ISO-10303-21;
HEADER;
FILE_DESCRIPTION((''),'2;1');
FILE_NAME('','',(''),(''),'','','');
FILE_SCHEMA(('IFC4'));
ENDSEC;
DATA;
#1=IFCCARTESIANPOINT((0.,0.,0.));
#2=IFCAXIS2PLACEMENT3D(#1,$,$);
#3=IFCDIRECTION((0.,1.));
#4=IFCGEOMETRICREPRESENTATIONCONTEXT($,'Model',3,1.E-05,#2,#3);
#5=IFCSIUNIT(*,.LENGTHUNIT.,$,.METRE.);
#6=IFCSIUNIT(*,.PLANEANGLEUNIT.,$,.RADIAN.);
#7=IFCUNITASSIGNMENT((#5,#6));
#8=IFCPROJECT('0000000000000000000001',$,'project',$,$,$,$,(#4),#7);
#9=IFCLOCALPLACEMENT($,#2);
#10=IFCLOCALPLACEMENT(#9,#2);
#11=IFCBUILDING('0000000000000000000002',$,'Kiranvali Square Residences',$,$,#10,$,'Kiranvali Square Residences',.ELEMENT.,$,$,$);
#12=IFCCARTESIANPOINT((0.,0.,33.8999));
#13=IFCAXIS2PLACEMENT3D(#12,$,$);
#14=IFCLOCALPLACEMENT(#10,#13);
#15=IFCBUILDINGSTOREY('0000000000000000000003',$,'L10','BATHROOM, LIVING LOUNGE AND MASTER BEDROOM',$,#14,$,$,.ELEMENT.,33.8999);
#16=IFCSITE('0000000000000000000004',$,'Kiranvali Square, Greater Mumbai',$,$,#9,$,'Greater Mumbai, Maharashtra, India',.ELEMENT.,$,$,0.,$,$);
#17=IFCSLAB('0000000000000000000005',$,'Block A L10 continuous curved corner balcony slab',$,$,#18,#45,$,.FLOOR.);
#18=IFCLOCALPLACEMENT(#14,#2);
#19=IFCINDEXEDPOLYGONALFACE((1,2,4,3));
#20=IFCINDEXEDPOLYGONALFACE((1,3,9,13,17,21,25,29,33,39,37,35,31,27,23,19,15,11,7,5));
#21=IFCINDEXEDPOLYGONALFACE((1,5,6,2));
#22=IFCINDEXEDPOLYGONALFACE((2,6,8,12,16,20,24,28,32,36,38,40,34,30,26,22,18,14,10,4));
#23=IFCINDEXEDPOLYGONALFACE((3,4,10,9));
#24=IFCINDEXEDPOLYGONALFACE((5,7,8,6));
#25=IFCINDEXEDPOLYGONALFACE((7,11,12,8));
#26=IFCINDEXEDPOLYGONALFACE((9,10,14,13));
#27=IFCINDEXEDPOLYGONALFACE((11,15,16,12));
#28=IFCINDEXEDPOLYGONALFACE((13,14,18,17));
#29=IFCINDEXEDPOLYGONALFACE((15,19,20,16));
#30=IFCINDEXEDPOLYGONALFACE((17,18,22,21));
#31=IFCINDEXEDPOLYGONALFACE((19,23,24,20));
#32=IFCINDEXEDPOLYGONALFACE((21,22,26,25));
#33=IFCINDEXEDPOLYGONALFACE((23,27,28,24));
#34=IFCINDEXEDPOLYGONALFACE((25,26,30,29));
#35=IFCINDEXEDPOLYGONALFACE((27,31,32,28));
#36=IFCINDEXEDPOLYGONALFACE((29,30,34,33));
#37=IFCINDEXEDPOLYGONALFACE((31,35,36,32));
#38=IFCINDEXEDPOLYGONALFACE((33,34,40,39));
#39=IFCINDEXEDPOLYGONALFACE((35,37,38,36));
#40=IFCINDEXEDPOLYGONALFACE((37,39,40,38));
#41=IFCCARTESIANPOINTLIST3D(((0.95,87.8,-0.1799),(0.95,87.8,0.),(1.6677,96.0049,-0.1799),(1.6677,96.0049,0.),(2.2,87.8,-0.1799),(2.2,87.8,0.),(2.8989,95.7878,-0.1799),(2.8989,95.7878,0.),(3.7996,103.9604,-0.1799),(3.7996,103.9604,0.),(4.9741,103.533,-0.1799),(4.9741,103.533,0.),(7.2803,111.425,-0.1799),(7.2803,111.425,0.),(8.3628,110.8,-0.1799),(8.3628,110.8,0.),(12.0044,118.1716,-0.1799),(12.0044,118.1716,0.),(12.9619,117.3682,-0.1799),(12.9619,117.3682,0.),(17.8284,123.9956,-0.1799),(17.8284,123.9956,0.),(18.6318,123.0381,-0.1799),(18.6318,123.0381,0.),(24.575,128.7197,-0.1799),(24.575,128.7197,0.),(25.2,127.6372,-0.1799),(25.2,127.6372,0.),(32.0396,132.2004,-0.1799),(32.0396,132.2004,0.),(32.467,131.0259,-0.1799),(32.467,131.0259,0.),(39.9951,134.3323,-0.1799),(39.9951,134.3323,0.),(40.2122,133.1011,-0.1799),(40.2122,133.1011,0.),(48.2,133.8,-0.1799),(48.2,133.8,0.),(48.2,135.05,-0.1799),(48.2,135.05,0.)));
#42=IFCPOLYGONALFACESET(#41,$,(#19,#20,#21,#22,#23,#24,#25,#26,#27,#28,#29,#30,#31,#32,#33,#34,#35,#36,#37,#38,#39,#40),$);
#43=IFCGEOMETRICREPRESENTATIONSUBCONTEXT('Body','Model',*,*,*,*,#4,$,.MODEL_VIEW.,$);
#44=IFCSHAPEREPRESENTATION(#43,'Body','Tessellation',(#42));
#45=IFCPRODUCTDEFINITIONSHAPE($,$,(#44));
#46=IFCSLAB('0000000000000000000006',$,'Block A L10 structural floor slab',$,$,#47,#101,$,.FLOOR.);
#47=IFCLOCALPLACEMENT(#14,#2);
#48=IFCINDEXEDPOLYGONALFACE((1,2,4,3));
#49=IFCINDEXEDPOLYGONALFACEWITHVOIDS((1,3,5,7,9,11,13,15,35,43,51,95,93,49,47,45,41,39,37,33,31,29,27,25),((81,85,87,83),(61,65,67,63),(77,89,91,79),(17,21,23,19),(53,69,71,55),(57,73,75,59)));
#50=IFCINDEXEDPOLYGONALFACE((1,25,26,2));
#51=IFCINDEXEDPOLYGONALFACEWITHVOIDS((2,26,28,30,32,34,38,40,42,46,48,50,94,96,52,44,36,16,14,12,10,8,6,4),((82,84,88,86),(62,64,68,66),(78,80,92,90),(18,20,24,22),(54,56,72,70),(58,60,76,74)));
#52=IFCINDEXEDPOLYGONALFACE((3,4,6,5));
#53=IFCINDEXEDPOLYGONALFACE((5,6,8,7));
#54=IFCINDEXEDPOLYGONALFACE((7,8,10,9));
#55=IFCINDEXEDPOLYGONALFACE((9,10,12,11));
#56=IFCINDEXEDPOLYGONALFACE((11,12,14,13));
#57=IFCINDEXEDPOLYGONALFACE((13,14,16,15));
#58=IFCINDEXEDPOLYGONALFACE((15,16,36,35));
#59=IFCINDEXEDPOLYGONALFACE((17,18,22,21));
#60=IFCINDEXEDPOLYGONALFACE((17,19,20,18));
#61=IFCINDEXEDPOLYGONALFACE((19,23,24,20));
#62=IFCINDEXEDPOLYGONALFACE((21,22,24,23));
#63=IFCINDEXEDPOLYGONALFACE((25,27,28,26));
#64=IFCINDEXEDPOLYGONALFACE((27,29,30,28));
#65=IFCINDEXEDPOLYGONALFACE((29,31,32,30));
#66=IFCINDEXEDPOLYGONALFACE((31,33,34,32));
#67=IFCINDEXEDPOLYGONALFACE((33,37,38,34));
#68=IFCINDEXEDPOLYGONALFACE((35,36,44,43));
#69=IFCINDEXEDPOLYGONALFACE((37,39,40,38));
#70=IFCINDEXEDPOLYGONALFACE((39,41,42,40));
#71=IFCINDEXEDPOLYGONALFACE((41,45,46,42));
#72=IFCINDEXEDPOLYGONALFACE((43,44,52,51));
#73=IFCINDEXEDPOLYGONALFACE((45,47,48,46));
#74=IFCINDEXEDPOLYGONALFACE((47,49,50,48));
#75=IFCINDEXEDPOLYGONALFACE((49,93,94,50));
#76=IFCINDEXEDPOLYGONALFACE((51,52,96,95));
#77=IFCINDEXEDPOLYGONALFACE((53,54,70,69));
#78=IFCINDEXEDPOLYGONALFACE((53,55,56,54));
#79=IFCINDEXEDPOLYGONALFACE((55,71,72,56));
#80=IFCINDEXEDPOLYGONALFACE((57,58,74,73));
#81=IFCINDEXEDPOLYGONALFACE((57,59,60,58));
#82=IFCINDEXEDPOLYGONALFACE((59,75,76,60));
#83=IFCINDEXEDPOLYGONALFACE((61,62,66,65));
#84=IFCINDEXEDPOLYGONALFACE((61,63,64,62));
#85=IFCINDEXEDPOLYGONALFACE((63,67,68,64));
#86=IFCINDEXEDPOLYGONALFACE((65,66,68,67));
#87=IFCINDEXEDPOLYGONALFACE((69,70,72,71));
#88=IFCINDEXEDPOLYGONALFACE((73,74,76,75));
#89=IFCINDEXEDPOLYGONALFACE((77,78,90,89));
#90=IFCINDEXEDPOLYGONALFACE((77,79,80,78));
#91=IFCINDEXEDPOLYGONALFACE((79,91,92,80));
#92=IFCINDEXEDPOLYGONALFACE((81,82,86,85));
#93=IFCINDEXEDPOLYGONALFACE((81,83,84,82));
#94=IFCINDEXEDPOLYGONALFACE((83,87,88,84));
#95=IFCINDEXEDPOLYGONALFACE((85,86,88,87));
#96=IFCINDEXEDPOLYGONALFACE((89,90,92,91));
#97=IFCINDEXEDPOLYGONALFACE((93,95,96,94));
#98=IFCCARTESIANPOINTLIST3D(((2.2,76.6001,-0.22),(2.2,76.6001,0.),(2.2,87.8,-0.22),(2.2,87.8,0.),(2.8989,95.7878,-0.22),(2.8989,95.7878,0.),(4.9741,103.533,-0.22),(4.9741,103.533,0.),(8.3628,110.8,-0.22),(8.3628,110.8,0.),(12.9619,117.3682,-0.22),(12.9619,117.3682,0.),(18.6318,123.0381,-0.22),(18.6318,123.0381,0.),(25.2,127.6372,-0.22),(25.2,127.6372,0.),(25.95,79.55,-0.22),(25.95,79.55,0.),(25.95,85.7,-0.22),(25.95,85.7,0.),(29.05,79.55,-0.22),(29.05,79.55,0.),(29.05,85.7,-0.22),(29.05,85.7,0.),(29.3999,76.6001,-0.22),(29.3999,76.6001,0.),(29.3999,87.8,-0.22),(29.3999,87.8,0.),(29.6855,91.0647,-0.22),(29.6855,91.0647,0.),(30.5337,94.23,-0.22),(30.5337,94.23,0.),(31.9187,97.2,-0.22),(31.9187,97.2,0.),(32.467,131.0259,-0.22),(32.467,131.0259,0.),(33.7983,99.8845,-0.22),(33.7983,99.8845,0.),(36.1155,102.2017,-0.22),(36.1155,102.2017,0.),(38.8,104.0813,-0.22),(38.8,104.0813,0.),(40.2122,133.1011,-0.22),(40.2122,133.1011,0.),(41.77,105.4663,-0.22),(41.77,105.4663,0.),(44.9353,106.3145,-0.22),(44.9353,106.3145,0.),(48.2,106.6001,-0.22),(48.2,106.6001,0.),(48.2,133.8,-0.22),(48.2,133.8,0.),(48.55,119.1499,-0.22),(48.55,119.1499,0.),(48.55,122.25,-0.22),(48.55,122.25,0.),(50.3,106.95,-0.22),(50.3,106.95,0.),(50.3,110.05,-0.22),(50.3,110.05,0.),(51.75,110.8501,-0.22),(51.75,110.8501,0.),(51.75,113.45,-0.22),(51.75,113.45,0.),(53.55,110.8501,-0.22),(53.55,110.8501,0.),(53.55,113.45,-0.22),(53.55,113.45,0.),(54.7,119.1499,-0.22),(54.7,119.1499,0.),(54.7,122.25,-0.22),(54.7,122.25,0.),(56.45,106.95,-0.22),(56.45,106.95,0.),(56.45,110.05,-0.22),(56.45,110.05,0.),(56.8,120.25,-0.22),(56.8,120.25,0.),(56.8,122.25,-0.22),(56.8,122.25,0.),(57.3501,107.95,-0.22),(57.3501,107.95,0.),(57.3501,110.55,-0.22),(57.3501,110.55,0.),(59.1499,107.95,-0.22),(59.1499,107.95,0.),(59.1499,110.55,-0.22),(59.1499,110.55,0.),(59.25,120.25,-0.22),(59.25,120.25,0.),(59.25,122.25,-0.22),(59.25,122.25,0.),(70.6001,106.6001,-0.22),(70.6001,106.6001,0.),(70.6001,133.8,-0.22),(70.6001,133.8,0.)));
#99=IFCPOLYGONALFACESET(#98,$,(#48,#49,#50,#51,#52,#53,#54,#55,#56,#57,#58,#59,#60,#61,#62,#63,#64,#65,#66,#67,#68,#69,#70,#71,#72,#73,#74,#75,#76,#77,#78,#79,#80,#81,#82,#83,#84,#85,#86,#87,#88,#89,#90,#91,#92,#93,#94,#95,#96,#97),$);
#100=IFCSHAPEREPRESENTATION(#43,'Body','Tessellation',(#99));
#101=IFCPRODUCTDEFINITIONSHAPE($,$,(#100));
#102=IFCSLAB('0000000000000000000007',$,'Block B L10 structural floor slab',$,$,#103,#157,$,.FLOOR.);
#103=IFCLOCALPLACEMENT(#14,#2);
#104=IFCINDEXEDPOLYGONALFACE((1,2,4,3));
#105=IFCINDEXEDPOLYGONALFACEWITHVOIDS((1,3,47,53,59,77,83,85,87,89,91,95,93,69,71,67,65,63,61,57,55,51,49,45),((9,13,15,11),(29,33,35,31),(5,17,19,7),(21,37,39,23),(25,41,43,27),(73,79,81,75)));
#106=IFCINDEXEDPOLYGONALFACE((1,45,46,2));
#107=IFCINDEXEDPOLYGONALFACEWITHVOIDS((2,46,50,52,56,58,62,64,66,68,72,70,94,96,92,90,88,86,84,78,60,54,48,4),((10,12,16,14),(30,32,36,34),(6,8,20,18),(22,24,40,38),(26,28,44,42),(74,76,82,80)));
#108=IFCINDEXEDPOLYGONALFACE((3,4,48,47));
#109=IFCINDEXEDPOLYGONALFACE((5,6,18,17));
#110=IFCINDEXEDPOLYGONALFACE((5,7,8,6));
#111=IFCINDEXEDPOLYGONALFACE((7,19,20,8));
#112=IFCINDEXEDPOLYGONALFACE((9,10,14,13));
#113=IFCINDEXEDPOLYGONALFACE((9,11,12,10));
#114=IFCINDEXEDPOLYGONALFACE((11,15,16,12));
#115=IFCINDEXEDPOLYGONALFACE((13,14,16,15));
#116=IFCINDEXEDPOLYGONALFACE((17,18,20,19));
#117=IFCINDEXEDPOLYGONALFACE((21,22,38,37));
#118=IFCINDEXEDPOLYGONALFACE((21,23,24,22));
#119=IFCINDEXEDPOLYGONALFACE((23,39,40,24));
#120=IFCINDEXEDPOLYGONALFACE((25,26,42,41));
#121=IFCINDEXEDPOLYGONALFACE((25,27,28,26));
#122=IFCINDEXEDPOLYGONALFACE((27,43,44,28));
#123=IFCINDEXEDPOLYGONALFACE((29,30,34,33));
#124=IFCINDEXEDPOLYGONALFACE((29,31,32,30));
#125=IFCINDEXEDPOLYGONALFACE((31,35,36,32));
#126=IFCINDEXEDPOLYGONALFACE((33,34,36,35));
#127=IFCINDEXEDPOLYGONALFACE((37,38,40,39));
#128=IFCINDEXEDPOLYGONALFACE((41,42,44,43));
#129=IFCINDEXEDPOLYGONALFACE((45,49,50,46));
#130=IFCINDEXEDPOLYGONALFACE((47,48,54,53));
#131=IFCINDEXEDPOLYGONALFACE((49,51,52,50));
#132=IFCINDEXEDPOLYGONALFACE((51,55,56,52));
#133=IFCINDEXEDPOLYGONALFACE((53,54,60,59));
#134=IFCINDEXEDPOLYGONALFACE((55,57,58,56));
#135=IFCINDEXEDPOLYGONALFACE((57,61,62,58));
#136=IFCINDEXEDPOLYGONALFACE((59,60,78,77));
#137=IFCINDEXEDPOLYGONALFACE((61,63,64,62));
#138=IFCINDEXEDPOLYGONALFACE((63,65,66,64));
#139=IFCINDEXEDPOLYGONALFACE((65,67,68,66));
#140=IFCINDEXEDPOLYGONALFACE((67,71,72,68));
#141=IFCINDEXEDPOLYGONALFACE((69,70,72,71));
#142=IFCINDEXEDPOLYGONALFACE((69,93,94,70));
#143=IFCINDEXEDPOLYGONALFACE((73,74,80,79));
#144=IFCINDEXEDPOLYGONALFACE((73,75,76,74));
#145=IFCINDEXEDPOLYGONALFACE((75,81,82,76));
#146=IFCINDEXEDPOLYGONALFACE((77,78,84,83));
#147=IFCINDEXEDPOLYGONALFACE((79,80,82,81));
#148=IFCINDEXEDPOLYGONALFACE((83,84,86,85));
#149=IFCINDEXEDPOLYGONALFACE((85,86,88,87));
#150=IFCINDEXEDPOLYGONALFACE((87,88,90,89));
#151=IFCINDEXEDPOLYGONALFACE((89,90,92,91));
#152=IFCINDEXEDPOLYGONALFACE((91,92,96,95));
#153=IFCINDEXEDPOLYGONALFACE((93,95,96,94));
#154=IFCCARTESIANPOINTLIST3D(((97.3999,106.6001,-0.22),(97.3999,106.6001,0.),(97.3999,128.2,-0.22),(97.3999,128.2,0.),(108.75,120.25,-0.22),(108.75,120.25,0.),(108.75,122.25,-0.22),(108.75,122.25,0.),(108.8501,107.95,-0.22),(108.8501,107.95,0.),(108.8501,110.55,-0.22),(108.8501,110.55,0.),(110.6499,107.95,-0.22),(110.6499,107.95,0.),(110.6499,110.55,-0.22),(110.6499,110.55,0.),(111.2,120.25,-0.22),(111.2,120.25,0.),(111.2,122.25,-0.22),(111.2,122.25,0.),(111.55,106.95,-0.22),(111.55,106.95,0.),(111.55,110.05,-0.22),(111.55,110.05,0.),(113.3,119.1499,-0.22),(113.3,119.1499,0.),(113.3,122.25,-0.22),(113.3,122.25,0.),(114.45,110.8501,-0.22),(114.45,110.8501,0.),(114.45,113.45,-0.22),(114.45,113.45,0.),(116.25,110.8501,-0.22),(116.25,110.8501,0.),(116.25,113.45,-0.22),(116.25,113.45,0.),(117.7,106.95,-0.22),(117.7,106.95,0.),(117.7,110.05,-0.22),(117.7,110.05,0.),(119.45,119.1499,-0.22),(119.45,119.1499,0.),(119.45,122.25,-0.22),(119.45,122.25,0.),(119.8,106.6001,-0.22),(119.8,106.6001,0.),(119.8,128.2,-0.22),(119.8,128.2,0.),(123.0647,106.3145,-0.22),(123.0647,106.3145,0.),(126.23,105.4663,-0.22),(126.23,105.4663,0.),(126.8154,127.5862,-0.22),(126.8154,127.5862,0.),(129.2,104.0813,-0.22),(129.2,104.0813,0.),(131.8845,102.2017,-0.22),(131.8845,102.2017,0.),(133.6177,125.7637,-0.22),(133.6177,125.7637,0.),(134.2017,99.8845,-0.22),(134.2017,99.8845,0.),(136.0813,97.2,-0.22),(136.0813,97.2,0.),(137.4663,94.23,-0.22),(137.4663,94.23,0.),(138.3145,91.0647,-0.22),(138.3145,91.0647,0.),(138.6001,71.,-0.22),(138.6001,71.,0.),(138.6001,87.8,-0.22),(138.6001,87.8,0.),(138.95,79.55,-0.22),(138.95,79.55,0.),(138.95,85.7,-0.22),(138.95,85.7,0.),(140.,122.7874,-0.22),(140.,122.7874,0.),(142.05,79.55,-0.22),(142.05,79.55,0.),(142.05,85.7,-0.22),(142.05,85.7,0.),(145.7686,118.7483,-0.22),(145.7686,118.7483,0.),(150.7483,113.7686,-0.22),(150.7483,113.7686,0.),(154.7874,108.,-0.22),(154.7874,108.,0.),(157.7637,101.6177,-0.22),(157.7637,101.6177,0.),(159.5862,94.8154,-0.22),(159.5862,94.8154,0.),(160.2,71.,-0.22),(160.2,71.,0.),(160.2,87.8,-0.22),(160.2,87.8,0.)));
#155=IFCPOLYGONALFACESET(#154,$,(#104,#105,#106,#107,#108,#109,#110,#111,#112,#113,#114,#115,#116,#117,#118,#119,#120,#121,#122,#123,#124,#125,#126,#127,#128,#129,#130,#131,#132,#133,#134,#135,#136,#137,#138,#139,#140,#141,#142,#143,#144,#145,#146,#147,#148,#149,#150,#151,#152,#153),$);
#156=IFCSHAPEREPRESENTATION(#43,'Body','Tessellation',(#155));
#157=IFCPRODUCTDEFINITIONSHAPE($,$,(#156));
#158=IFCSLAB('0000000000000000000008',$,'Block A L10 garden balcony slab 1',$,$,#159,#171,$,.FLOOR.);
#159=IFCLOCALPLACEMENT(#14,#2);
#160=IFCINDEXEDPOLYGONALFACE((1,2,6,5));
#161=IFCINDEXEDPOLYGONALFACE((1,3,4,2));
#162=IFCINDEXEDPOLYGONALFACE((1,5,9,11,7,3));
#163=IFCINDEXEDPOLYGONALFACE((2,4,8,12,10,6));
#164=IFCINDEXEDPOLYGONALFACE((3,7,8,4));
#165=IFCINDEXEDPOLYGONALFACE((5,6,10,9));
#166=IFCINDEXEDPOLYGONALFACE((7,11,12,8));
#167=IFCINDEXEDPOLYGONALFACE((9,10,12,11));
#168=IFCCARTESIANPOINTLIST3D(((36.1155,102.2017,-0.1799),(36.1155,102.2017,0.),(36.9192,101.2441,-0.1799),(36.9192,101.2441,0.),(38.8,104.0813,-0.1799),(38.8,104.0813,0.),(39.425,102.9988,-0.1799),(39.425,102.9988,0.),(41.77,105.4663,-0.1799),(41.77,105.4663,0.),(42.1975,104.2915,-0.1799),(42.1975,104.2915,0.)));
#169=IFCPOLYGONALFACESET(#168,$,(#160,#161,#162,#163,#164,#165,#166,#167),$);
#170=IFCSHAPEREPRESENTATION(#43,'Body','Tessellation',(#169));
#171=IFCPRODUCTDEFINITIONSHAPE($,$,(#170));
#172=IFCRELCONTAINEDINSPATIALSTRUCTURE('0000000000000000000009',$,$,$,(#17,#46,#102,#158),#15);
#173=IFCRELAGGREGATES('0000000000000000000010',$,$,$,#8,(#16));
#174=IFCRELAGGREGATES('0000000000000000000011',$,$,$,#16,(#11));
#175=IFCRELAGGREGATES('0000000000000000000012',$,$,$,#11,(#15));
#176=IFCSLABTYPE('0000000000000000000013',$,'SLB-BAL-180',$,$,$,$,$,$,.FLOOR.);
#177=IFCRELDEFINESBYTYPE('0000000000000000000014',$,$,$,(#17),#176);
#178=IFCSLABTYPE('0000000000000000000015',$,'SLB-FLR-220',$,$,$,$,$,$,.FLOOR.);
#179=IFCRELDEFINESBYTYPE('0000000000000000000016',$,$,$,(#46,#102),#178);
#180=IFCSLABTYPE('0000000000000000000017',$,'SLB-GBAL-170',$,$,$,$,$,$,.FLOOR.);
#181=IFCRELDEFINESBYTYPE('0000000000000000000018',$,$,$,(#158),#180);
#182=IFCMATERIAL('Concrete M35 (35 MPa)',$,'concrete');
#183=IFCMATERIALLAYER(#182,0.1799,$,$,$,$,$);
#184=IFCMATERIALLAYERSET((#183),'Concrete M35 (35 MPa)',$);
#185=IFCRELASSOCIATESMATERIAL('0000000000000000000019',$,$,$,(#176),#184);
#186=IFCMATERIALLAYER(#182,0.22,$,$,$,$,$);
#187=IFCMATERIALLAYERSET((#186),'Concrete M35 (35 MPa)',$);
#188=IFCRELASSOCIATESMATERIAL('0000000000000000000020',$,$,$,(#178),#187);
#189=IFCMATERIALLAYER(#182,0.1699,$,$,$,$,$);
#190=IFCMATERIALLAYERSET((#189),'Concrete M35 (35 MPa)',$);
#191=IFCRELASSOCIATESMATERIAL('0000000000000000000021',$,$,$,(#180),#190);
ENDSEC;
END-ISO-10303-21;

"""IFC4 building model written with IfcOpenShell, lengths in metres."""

from ifc_helpers import new_model, si_unit, direction, frame, origin, place, context, subcontext, project, spatial, polyline, outline, extrude, material, layer, layer_set, type_object, element, save


model = new_model("IFC4")

# Units and contexts
model_context = context("Model", 3, precision=1e-05, world=origin(), true_north=direction((0.0, 1.0)))
body_context = subcontext(model_context, "Body", "Model", "MODEL_VIEW")
ifc_project = project(units=[si_unit("LENGTHUNIT", "METRE"), si_unit("PLANEANGLEUNIT", "RADIAN")], contexts=[model_context])

# Site, building, storey
site_placement = place(None, origin())
site = spatial("IfcSite", under=ifc_project, at=site_placement, Name="Kiranvali Square, Greater Mumbai", LongName="Greater Mumbai, Maharashtra, India", CompositionType="ELEMENT", RefElevation=0.0)
building_placement = place(site_placement, origin())
building = spatial("IfcBuilding", under=site, at=building_placement, Name="Kiranvali Square Residences", LongName="Kiranvali Square Residences", CompositionType="ELEMENT")
storey_placement = place(building_placement, frame((0.0, 0.0, 33.8999)))
storey = spatial("IfcBuildingStorey", under=building, at=storey_placement, Name="L10", Description="BATHROOM, LIVING LOUNGE AND MASTER BEDROOM", CompositionType="ELEMENT", Elevation=33.8999)

# Slabs
ifc_material_1 = material(Name="Concrete M35 (35 MPa)", Category="concrete")
ifc_layer_1 = layer(ifc_material_1, 0.1799)
ifc_layer_set_1 = layer_set([ifc_layer_1], Name="Concrete M35 (35 MPa)")
slab_type_1 = type_object("IfcSlabType", Name="SLB-BAL-180", PredefinedType="FLOOR", material=ifc_layer_set_1)
slab_1_placement = place(storey_placement, frame((0.0, 0.0, -0.1799)))
element("IfcSlab", 1, at=slab_1_placement, inside=storey, type_object=slab_type_1, Name="Block A L10 continuous curved corner balcony slab", PredefinedType="FLOOR", context=body_context, shape_type="SweptSolid", body=[
    extrude(outline(polyline([(48.2, 135.05), (39.9951, 134.3323), (32.0396, 132.2004), (24.575, 128.7197), (17.8284, 123.9956), (12.0044, 118.1716), (7.2803, 111.425), (3.7996, 103.9604), (1.6677, 96.0049), (0.95, 87.8), (2.2, 87.8), (2.8989, 95.7878), (4.9741, 103.533), (8.3628, 110.8), (12.9619, 117.3682), (18.6318, 123.0381), (25.2, 127.6372), (32.467, 131.0259), (40.2122, 133.1011), (48.2, 133.8), (48.2, 135.05)])), origin(), (0.0, 0.0, 1.0), 0.1799),
])
ifc_layer_2 = layer(ifc_material_1, 0.22)
ifc_layer_set_2 = layer_set([ifc_layer_2], Name="Concrete M35 (35 MPa)")
slab_type_2 = type_object("IfcSlabType", Name="SLB-FLR-220", PredefinedType="FLOOR", material=ifc_layer_set_2)
slab_2_placement = place(storey_placement, frame((0.0, 0.0, -0.22)))
element("IfcSlab", 2, at=slab_2_placement, inside=storey, type_object=slab_type_2, Name="Block A L10 structural floor slab", PredefinedType="FLOOR", context=body_context, shape_type="SweptSolid", body=[
    extrude(outline(polyline([(70.6001, 106.6001), (70.6001, 133.8), (48.2, 133.8), (40.2122, 133.1011), (32.467, 131.0259), (25.2, 127.6372), (18.6318, 123.0381), (12.9619, 117.3682), (8.3628, 110.8), (4.9741, 103.533), (2.8989, 95.7878), (2.2, 87.8), (2.2, 76.6001), (29.3999, 76.6001), (29.3999, 87.8), (29.6855, 91.0647), (30.5337, 94.23), (31.9187, 97.2), (33.7983, 99.8845), (36.1155, 102.2017), (38.8, 104.0813), (41.77, 105.4663), (44.9353, 106.3145), (48.2, 106.6001), (70.6001, 106.6001)]), holes=[polyline([(56.8, 120.25), (59.25, 120.25), (59.25, 122.25), (56.8, 122.25), (56.8, 120.25)]), polyline([(57.3501, 107.95), (59.1499, 107.95), (59.1499, 110.55), (57.3501, 110.55), (57.3501, 107.95)]), polyline([(51.75, 110.8501), (53.55, 110.8501), (53.55, 113.45), (51.75, 113.45), (51.75, 110.8501)]), polyline([(54.7, 122.25), (48.55, 122.25), (48.55, 119.1499), (54.7, 119.1499), (54.7, 122.25)]), polyline([(50.3, 106.95), (56.45, 106.95), (56.45, 110.05), (50.3, 110.05), (50.3, 106.95)]), polyline([(25.95, 85.7), (25.95, 79.55), (29.05, 79.55), (29.05, 85.7), (25.95, 85.7)])]), origin(), (0.0, 0.0, 1.0), 0.22),
])
slab_3_placement = place(storey_placement, frame((0.0, 0.0, -0.22)))
element("IfcSlab", 3, at=slab_3_placement, inside=storey, type_object=slab_type_2, Name="Block B L10 structural floor slab", PredefinedType="FLOOR", context=body_context, shape_type="SweptSolid", body=[
    extrude(outline(polyline([(119.8, 106.6001), (123.0647, 106.3145), (126.23, 105.4663), (129.2, 104.0813), (131.8845, 102.2017), (134.2017, 99.8845), (136.0813, 97.2), (137.4663, 94.23), (138.3145, 91.0647), (138.6001, 87.8), (138.6001, 71.0), (160.2, 71.0), (160.2, 87.8), (159.5862, 94.8154), (157.7637, 101.6177), (154.7874, 108.0), (150.7483, 113.7686), (145.7686, 118.7483), (140.0, 122.7874), (133.6177, 125.7637), (126.8154, 127.5862), (119.8, 128.2), (97.3999, 128.2), (97.3999, 106.6001), (119.8, 106.6001)]), holes=[polyline([(108.75, 120.25), (111.2, 120.25), (111.2, 122.25), (108.75, 122.25), (108.75, 120.25)]), polyline([(108.8501, 107.95), (110.6499, 107.95), (110.6499, 110.55), (108.8501, 110.55), (108.8501, 107.95)]), polyline([(114.45, 110.8501), (116.25, 110.8501), (116.25, 113.45), (114.45, 113.45), (114.45, 110.8501)]), polyline([(113.3, 119.1499), (119.45, 119.1499), (119.45, 122.25), (113.3, 122.25), (113.3, 119.1499)]), polyline([(117.7, 110.05), (111.55, 110.05), (111.55, 106.95), (117.7, 106.95), (117.7, 110.05)]), polyline([(138.95, 85.7), (138.95, 79.55), (142.05, 79.55), (142.05, 85.7), (138.95, 85.7)])]), origin(), (0.0, 0.0, 1.0), 0.22),
])
ifc_layer_3 = layer(ifc_material_1, 0.1699)
ifc_layer_set_3 = layer_set([ifc_layer_3], Name="Concrete M35 (35 MPa)")
slab_type_3 = type_object("IfcSlabType", Name="SLB-GBAL-170", PredefinedType="FLOOR", material=ifc_layer_set_3)
slab_4_placement = place(storey_placement, frame((0.0, 0.0, -0.1799)))
element("IfcSlab", 4, at=slab_4_placement, inside=storey, type_object=slab_type_3, Name="Block A L10 garden balcony slab 1", PredefinedType="FLOOR", context=body_context, shape_type="SweptSolid", body=[
    extrude(outline(polyline([(41.77, 105.4663), (38.8, 104.0813), (36.1155, 102.2017), (36.9192, 101.2441), (39.425, 102.9988), (42.1975, 104.2915), (41.77, 105.4663)])), origin(), (0.0, 0.0, 1.0), 0.1799),
])

save(model, "model.ifc")
